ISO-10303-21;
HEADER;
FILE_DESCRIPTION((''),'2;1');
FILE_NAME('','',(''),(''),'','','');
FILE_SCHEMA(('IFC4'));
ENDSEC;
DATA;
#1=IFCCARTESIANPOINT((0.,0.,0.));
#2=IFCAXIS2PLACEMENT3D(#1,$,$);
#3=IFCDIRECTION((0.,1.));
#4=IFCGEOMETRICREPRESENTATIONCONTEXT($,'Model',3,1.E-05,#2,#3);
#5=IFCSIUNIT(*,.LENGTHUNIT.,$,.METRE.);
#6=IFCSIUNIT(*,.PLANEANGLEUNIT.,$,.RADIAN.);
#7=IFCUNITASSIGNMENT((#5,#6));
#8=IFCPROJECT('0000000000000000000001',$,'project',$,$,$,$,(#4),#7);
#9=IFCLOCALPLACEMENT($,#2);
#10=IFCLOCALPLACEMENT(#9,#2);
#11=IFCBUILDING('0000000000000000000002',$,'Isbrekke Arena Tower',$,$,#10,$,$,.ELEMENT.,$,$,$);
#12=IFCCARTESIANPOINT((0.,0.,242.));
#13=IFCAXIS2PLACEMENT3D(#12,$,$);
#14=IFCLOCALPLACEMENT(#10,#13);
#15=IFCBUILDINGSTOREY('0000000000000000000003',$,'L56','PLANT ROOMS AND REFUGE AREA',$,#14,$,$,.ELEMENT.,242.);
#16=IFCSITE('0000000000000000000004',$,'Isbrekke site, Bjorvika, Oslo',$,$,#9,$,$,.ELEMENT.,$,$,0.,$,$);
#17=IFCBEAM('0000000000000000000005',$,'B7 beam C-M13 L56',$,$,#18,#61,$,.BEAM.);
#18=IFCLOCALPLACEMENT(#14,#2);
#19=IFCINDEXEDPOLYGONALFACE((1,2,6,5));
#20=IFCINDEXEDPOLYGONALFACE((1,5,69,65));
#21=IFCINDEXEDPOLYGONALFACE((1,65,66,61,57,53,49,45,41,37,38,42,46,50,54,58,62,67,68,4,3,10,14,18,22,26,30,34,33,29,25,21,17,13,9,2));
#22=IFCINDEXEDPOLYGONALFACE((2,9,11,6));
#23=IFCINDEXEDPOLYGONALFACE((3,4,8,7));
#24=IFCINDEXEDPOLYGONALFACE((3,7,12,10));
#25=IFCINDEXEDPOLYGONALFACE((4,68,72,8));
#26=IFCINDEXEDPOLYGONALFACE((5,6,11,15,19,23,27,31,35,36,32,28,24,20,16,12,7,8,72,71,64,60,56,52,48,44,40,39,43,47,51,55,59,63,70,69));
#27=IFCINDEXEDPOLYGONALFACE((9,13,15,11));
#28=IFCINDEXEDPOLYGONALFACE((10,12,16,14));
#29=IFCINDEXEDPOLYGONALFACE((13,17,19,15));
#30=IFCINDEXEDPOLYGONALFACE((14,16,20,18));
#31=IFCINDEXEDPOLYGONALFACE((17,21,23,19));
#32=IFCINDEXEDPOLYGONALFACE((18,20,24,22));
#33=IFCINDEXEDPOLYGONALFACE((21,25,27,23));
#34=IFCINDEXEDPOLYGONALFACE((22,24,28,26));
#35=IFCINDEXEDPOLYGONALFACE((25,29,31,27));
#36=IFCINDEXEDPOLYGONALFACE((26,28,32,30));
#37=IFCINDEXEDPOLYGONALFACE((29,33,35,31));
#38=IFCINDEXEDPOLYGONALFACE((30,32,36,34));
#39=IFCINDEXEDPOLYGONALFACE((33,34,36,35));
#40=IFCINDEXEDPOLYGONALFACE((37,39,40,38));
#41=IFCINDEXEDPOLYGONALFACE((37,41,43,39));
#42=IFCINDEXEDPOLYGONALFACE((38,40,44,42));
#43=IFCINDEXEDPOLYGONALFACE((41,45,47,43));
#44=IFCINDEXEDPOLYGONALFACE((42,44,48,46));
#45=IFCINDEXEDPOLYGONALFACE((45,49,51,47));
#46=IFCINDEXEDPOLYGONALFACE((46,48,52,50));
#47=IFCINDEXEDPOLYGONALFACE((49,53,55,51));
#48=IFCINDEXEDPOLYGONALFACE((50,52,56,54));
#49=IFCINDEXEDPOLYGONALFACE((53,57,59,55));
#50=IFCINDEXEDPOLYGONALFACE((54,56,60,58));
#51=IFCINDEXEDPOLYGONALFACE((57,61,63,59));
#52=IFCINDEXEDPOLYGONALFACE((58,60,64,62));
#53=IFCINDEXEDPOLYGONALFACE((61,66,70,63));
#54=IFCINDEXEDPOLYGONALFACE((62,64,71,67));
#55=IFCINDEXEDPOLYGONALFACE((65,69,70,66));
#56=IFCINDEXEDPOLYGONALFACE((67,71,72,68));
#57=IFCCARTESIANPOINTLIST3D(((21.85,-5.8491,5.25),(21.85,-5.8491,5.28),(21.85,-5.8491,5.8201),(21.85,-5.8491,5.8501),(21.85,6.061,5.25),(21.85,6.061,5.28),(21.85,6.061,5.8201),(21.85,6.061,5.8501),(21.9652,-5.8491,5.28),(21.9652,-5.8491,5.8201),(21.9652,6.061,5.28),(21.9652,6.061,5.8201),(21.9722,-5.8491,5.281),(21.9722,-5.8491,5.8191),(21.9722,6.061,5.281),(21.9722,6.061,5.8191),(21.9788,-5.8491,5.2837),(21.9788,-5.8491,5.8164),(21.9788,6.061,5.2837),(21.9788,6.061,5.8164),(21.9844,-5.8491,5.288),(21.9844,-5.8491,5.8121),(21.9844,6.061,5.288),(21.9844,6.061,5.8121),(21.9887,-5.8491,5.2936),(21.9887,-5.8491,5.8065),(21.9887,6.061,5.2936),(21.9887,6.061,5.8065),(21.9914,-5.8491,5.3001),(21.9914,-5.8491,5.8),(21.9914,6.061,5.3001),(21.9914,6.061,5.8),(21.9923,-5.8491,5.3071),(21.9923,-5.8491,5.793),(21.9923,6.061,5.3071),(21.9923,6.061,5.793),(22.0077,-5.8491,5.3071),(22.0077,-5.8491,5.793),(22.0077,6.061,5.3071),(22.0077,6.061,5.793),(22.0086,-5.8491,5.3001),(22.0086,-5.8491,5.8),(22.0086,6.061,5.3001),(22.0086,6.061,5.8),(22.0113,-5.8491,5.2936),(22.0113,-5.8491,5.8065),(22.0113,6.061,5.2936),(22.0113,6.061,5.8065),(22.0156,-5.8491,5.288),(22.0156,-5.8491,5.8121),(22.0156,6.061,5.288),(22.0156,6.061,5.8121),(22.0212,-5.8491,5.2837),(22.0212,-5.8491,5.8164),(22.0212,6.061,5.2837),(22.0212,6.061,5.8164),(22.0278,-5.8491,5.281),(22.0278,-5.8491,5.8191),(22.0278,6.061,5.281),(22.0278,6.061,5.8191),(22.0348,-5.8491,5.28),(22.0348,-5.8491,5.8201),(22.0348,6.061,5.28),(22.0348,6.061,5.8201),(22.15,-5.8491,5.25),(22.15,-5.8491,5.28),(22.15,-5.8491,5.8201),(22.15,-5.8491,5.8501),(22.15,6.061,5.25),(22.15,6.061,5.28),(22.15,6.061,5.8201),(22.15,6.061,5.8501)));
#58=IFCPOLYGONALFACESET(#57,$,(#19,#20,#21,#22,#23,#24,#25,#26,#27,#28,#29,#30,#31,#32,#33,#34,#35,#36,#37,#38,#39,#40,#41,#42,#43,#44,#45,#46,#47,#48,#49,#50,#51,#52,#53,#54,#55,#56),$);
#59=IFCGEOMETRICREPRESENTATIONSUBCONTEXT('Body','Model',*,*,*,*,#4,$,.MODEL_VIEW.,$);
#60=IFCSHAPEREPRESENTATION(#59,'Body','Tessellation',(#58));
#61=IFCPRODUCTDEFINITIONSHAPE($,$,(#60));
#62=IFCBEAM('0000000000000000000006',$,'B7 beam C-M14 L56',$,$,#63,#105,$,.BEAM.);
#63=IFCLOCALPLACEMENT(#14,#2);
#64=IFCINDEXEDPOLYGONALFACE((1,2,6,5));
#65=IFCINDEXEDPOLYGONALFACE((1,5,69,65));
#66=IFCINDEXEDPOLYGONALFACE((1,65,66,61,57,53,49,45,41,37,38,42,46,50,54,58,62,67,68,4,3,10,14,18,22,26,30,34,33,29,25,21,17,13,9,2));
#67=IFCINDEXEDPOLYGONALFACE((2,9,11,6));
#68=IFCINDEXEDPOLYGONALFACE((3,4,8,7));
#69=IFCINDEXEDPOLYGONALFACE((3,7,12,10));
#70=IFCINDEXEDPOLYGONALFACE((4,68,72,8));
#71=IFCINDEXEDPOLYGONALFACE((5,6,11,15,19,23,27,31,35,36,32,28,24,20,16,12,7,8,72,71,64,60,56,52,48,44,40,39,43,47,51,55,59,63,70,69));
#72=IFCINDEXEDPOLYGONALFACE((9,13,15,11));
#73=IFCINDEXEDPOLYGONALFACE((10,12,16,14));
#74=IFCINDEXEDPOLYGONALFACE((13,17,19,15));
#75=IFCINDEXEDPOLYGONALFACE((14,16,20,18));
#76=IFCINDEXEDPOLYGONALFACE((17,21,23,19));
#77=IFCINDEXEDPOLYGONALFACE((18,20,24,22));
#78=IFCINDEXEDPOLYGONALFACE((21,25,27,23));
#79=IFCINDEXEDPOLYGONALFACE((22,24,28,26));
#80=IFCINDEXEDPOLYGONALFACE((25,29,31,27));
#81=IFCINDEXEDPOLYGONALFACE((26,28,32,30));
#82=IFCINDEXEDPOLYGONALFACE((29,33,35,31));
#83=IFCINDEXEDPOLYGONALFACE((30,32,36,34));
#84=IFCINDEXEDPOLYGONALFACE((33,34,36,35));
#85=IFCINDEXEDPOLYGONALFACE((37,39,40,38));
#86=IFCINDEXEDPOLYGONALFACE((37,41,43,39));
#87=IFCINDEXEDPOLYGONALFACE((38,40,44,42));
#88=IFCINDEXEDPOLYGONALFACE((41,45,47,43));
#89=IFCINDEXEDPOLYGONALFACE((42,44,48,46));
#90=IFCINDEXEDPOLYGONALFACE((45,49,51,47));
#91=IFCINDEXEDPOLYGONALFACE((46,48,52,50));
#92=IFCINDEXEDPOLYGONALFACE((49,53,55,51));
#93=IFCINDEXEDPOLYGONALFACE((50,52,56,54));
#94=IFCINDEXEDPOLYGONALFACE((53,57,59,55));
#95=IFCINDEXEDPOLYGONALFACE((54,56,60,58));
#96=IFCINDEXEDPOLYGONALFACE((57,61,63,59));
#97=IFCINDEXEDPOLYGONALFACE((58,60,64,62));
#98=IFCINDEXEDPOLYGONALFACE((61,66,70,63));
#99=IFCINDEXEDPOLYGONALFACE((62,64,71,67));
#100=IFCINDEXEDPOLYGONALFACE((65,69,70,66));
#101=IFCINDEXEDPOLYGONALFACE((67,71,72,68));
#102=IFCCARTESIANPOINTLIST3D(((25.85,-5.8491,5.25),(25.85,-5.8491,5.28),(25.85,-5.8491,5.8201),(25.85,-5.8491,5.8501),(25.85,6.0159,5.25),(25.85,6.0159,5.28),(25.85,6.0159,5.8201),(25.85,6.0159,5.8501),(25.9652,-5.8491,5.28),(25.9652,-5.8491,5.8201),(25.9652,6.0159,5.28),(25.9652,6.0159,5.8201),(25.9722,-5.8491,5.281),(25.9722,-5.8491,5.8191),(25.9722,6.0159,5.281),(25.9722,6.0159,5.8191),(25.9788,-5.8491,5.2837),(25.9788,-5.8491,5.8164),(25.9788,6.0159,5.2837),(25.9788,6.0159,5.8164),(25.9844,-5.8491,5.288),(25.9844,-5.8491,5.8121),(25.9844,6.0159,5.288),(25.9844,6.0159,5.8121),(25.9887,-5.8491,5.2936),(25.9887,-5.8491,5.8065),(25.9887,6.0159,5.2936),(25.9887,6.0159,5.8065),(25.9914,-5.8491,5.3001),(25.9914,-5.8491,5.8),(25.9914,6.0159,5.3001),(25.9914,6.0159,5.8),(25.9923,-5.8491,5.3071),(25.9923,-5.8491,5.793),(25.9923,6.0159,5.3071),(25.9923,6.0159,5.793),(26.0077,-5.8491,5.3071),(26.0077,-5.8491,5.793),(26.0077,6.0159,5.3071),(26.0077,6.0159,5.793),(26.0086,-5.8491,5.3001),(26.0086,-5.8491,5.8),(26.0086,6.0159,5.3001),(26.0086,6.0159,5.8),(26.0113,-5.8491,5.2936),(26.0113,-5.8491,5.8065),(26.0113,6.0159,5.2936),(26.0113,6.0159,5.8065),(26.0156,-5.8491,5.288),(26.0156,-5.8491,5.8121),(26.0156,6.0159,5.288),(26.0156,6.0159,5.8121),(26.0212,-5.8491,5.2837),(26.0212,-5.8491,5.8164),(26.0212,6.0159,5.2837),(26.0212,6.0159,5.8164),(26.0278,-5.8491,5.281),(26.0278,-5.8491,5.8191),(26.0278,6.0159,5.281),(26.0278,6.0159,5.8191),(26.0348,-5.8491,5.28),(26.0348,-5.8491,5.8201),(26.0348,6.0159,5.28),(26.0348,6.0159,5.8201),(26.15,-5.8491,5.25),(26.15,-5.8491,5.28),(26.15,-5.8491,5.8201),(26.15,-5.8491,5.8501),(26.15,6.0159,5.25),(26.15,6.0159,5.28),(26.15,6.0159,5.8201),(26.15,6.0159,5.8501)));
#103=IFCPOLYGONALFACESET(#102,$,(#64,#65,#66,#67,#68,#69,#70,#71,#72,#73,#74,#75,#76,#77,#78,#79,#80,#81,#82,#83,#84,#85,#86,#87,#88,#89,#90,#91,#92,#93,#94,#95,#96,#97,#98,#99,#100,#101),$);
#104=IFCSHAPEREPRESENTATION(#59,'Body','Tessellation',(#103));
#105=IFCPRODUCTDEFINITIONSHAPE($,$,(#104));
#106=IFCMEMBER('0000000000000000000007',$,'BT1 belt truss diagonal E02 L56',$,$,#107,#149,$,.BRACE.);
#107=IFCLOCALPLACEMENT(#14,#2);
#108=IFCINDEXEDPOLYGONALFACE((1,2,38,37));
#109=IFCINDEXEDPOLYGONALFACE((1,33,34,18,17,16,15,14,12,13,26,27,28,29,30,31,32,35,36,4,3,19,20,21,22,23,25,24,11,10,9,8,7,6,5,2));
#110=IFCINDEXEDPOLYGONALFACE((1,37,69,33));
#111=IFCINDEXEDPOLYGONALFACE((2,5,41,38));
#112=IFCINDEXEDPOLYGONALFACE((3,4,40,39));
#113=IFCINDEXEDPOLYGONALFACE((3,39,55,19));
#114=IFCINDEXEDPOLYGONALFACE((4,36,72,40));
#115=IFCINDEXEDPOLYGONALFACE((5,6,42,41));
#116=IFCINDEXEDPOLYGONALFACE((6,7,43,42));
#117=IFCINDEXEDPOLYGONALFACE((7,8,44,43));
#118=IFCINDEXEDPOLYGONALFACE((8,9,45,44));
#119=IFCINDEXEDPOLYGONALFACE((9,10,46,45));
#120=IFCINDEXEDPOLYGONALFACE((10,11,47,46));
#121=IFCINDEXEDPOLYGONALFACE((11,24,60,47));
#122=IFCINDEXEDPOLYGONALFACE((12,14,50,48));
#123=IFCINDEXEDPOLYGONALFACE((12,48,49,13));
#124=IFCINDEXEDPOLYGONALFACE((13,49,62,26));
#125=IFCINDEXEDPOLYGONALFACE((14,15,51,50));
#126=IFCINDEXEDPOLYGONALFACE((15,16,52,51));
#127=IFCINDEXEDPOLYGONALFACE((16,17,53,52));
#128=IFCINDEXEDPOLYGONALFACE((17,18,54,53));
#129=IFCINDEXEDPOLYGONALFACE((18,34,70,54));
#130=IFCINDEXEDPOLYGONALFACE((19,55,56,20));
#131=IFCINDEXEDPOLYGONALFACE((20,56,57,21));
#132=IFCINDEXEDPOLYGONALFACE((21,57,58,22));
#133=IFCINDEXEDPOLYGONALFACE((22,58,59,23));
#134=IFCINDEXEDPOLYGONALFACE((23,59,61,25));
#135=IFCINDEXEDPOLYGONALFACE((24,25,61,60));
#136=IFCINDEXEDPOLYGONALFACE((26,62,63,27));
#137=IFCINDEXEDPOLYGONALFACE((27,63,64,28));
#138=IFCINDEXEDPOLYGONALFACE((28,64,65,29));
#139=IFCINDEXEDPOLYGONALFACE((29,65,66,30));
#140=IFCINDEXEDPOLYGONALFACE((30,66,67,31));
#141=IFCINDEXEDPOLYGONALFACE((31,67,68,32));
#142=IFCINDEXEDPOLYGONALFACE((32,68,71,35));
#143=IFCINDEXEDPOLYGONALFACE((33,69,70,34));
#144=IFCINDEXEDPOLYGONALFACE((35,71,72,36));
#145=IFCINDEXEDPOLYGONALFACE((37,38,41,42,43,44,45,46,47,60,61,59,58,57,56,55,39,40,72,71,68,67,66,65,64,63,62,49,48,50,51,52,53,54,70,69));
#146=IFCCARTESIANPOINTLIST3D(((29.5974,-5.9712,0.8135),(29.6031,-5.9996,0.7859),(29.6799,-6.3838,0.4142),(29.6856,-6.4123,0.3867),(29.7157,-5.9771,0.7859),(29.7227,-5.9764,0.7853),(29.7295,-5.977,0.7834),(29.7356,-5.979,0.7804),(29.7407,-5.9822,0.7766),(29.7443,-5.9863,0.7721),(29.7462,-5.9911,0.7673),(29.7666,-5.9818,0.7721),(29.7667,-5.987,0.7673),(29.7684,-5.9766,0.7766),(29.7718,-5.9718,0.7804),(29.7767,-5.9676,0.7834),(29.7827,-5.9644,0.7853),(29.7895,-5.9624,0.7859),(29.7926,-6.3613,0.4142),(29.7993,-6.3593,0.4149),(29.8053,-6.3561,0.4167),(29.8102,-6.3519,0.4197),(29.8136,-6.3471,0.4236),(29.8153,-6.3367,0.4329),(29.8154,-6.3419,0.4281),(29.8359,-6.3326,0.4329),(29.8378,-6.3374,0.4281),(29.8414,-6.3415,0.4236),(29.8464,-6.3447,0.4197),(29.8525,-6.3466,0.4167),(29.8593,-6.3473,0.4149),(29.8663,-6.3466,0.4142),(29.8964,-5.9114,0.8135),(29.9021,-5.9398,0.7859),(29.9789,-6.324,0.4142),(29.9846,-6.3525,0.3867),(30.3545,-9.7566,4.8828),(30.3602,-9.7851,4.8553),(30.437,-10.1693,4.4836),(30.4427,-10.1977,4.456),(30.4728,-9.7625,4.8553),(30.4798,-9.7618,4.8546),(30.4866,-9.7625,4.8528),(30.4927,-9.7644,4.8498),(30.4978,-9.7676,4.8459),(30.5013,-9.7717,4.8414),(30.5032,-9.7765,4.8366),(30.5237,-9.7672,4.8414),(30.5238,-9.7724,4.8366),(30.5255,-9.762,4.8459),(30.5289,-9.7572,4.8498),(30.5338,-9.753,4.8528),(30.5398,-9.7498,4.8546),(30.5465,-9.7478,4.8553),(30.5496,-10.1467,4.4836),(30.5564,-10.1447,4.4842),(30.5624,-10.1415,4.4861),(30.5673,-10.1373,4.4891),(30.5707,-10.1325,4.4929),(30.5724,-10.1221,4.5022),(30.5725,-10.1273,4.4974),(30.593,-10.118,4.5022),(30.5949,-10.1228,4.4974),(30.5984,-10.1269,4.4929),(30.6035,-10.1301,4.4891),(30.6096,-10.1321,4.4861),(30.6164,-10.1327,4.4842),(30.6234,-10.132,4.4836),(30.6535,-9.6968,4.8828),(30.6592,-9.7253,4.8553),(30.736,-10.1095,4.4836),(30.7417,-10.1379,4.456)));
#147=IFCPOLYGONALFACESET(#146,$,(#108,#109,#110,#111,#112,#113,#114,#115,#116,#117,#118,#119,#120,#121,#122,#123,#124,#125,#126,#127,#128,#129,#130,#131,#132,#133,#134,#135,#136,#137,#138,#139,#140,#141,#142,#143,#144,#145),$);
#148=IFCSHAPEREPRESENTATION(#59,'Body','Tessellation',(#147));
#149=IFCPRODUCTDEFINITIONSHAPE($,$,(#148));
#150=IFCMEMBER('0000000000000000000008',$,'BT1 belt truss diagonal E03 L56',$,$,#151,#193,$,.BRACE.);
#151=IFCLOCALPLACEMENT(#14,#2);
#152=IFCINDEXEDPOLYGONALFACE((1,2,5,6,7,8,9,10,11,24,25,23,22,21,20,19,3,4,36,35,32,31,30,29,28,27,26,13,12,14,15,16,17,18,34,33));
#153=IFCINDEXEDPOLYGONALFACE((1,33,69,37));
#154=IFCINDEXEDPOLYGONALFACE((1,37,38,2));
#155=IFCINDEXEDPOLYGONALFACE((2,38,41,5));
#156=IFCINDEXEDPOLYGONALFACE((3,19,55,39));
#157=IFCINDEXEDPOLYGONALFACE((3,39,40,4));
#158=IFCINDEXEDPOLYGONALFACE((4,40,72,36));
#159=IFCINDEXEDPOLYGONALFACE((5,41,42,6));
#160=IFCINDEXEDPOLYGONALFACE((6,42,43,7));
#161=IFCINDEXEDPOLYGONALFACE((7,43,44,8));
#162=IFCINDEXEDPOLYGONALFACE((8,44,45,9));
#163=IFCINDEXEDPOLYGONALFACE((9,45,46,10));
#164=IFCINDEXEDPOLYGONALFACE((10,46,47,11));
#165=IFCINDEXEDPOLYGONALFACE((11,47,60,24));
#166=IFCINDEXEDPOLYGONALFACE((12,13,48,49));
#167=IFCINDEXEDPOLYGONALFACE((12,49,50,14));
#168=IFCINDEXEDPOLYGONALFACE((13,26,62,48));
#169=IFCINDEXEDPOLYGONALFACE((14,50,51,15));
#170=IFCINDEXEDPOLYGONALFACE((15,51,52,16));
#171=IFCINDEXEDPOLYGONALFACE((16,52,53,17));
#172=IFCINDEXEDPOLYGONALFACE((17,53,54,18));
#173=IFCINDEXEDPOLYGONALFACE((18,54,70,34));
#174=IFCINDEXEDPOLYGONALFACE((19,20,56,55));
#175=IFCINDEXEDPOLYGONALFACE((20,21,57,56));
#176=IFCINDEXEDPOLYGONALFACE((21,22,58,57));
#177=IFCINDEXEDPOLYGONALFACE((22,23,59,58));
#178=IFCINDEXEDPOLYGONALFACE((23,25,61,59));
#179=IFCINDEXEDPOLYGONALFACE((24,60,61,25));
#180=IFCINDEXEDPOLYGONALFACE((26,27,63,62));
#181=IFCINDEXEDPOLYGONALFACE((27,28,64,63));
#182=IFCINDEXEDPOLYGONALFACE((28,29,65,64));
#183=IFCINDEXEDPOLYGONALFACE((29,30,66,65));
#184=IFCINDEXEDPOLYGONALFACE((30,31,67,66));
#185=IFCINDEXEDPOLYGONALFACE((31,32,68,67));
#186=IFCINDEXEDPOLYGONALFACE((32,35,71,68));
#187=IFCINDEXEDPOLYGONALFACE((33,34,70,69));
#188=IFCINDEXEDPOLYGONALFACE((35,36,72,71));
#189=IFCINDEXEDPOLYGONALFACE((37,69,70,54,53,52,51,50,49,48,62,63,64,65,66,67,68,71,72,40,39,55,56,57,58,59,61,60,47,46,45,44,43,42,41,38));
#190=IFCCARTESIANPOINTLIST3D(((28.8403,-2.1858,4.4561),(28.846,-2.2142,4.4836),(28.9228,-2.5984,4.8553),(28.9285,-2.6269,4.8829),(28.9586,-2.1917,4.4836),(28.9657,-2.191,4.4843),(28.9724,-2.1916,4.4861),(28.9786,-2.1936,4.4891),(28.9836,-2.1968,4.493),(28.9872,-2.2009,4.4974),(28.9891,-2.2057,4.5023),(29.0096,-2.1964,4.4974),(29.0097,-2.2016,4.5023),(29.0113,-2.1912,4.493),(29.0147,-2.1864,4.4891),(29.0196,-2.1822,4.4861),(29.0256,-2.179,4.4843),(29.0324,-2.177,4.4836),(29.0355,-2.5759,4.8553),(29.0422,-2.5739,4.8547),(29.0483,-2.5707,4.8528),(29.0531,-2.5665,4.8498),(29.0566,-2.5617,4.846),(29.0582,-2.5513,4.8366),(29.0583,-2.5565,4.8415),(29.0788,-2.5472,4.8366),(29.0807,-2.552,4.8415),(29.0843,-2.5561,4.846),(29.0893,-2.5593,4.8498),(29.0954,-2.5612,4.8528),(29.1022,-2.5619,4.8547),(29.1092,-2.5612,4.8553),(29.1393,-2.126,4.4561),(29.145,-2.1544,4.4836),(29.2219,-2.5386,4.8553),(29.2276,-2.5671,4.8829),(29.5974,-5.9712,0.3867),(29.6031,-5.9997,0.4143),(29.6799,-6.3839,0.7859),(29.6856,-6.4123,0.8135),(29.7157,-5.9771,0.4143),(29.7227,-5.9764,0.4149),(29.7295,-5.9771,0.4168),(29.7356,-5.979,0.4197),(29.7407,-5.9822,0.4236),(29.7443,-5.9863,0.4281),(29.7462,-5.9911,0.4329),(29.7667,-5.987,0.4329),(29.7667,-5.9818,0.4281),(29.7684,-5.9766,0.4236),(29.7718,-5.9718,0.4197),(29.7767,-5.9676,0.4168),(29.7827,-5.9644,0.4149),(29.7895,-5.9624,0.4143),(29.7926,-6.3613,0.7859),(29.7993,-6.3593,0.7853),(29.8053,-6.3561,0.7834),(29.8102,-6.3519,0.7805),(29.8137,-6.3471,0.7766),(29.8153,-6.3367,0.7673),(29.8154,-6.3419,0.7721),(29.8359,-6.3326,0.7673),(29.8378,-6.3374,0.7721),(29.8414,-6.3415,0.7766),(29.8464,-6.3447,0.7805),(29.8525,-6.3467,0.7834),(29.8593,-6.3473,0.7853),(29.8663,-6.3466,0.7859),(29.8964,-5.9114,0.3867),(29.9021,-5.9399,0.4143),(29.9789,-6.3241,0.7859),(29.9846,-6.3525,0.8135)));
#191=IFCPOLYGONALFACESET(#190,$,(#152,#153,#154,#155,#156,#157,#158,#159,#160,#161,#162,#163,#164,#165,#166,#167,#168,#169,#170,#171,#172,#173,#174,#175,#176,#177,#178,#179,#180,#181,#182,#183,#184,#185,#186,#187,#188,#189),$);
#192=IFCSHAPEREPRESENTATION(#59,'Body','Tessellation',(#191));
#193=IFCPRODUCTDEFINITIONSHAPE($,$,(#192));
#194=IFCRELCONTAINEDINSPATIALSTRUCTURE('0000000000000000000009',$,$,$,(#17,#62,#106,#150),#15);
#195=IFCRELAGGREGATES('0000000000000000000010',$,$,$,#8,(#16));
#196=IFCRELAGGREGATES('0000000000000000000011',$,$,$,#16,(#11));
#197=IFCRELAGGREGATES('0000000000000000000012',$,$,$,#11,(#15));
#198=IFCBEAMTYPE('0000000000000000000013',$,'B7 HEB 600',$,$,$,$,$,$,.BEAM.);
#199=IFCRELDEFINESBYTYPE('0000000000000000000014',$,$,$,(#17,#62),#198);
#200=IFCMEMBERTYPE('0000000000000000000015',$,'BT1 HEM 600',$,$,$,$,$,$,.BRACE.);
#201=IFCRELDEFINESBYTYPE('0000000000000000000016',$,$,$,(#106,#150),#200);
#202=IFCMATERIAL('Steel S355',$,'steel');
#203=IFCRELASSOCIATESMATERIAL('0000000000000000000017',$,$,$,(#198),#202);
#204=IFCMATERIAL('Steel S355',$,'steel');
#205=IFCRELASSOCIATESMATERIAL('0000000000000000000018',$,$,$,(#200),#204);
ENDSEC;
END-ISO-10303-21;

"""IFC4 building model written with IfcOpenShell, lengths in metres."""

from ifc_helpers import new_model, si_unit, direction, frame, origin, origin_2d, place, context, subcontext, project, spatial, i_section, extrude, material, material_profile, profile_set, type_object, element, save


model = new_model("IFC4")

# Units and contexts
model_context = context("Model", 3, precision=1e-05, world=origin(), true_north=direction((0.0, 1.0)))
body_context = subcontext(model_context, "Body", "Model", "MODEL_VIEW")
ifc_project = project(units=[si_unit("LENGTHUNIT", "METRE"), si_unit("PLANEANGLEUNIT", "RADIAN")], contexts=[model_context])

# Site, building, storey
site_placement = place(None, origin())
site = spatial("IfcSite", under=ifc_project, at=site_placement, Name="Isbrekke site, Bjorvika, Oslo", CompositionType="ELEMENT", RefElevation=0.0)
building_placement = place(site_placement, origin())
building = spatial("IfcBuilding", under=site, at=building_placement, Name="Isbrekke Arena Tower", CompositionType="ELEMENT")
storey_placement = place(building_placement, frame((0.0, 0.0, 242.0)))
storey = spatial("IfcBuildingStorey", under=building, at=storey_placement, Name="L56", Description="PLANT ROOMS AND REFUGE AREA", CompositionType="ELEMENT", Elevation=242.0)

# Beams
ifc_material_1 = material(Name="Steel S355", Category="steel")
ifc_material_profile_1 = material_profile(ifc_material_1, i_section(OverallWidth=0.3, OverallDepth=0.6001, WebThickness=0.0154, FlangeThickness=0.03, FilletRadius=0.0271, at=origin_2d()), Name="HEB 600")
ifc_profile_set_1 = profile_set([ifc_material_profile_1], Name="Steel S355")
beam_type_1 = type_object("IfcBeamType", Name="B7 HEB 600", PredefinedType="BEAM", material=ifc_profile_set_1)
beam_1_placement = place(storey_placement, frame((22.0, -5.8491, 5.55), z_axis=(0.0, 1.0, 0.0), x_axis=(-1.0, 0.0, 0.0)))
element("IfcBeam", 1, at=beam_1_placement, inside=storey, type_object=beam_type_1, Name="B7 beam C-M13 L56", PredefinedType="BEAM", context=body_context, shape_type="SweptSolid", body=[
    extrude(i_section(OverallWidth=0.3, OverallDepth=0.6001, WebThickness=0.0154, FlangeThickness=0.03, FilletRadius=0.0271, at=origin_2d()), origin(), (0.0, 0.0, 1.0), 11.9102),
])
beam_2_placement = place(storey_placement, frame((26.0, -5.8491, 5.55), z_axis=(0.0, 1.0, 0.0), x_axis=(-1.0, 0.0, 0.0)))
element("IfcBeam", 2, at=beam_2_placement, inside=storey, type_object=beam_type_1, Name="B7 beam C-M14 L56", PredefinedType="BEAM", context=body_context, shape_type="SweptSolid", body=[
    extrude(i_section(OverallWidth=0.3, OverallDepth=0.6001, WebThickness=0.0154, FlangeThickness=0.03, FilletRadius=0.0271, at=origin_2d()), origin(), (0.0, 0.0, 1.0), 11.865),
])

# Members
ifc_material_2 = material(Name="Steel S355", Category="steel")
ifc_material_profile_2 = material_profile(ifc_material_2, i_section(OverallWidth=0.3049, OverallDepth=0.6201, WebThickness=0.021, FlangeThickness=0.04, FilletRadius=0.0271, at=origin_2d()), Name="HEM 600")
ifc_profile_set_2 = profile_set([ifc_material_profile_2], Name="Steel S355")
member_type_1 = type_object("IfcMemberType", Name="BT1 HEM 600", PredefinedType="BRACE", material=ifc_profile_set_2)
for number, where, z_axis, x_axis, name in (
    (3, (30.5481, -9.9473, 4.6694), (-0.134974, 0.674869, -0.725489), (-0.980581, -0.196116, 0.0), "BT1 belt truss diagonal E02 L56"),
    (4, (29.791, -6.1619, 0.6001), (-0.134974, 0.674869, 0.725489), (-0.980581, -0.196116, 0.0), "BT1 belt truss diagonal E03 L56"),
):
    element("IfcMember", number, at=place(storey_placement, frame(where, z_axis=z_axis, x_axis=x_axis)), inside=storey, type_object=member_type_1, Name=name, PredefinedType="BRACE", context=body_context, shape_type="SweptSolid", body=[
        extrude(i_section(OverallWidth=0.3049, OverallDepth=0.6201, WebThickness=0.021, FlangeThickness=0.04, FilletRadius=0.0271, at=origin_2d()), origin(), (0.0, 0.0, 1.0), 5.6091),
    ])

save(model, "model.ifc")
